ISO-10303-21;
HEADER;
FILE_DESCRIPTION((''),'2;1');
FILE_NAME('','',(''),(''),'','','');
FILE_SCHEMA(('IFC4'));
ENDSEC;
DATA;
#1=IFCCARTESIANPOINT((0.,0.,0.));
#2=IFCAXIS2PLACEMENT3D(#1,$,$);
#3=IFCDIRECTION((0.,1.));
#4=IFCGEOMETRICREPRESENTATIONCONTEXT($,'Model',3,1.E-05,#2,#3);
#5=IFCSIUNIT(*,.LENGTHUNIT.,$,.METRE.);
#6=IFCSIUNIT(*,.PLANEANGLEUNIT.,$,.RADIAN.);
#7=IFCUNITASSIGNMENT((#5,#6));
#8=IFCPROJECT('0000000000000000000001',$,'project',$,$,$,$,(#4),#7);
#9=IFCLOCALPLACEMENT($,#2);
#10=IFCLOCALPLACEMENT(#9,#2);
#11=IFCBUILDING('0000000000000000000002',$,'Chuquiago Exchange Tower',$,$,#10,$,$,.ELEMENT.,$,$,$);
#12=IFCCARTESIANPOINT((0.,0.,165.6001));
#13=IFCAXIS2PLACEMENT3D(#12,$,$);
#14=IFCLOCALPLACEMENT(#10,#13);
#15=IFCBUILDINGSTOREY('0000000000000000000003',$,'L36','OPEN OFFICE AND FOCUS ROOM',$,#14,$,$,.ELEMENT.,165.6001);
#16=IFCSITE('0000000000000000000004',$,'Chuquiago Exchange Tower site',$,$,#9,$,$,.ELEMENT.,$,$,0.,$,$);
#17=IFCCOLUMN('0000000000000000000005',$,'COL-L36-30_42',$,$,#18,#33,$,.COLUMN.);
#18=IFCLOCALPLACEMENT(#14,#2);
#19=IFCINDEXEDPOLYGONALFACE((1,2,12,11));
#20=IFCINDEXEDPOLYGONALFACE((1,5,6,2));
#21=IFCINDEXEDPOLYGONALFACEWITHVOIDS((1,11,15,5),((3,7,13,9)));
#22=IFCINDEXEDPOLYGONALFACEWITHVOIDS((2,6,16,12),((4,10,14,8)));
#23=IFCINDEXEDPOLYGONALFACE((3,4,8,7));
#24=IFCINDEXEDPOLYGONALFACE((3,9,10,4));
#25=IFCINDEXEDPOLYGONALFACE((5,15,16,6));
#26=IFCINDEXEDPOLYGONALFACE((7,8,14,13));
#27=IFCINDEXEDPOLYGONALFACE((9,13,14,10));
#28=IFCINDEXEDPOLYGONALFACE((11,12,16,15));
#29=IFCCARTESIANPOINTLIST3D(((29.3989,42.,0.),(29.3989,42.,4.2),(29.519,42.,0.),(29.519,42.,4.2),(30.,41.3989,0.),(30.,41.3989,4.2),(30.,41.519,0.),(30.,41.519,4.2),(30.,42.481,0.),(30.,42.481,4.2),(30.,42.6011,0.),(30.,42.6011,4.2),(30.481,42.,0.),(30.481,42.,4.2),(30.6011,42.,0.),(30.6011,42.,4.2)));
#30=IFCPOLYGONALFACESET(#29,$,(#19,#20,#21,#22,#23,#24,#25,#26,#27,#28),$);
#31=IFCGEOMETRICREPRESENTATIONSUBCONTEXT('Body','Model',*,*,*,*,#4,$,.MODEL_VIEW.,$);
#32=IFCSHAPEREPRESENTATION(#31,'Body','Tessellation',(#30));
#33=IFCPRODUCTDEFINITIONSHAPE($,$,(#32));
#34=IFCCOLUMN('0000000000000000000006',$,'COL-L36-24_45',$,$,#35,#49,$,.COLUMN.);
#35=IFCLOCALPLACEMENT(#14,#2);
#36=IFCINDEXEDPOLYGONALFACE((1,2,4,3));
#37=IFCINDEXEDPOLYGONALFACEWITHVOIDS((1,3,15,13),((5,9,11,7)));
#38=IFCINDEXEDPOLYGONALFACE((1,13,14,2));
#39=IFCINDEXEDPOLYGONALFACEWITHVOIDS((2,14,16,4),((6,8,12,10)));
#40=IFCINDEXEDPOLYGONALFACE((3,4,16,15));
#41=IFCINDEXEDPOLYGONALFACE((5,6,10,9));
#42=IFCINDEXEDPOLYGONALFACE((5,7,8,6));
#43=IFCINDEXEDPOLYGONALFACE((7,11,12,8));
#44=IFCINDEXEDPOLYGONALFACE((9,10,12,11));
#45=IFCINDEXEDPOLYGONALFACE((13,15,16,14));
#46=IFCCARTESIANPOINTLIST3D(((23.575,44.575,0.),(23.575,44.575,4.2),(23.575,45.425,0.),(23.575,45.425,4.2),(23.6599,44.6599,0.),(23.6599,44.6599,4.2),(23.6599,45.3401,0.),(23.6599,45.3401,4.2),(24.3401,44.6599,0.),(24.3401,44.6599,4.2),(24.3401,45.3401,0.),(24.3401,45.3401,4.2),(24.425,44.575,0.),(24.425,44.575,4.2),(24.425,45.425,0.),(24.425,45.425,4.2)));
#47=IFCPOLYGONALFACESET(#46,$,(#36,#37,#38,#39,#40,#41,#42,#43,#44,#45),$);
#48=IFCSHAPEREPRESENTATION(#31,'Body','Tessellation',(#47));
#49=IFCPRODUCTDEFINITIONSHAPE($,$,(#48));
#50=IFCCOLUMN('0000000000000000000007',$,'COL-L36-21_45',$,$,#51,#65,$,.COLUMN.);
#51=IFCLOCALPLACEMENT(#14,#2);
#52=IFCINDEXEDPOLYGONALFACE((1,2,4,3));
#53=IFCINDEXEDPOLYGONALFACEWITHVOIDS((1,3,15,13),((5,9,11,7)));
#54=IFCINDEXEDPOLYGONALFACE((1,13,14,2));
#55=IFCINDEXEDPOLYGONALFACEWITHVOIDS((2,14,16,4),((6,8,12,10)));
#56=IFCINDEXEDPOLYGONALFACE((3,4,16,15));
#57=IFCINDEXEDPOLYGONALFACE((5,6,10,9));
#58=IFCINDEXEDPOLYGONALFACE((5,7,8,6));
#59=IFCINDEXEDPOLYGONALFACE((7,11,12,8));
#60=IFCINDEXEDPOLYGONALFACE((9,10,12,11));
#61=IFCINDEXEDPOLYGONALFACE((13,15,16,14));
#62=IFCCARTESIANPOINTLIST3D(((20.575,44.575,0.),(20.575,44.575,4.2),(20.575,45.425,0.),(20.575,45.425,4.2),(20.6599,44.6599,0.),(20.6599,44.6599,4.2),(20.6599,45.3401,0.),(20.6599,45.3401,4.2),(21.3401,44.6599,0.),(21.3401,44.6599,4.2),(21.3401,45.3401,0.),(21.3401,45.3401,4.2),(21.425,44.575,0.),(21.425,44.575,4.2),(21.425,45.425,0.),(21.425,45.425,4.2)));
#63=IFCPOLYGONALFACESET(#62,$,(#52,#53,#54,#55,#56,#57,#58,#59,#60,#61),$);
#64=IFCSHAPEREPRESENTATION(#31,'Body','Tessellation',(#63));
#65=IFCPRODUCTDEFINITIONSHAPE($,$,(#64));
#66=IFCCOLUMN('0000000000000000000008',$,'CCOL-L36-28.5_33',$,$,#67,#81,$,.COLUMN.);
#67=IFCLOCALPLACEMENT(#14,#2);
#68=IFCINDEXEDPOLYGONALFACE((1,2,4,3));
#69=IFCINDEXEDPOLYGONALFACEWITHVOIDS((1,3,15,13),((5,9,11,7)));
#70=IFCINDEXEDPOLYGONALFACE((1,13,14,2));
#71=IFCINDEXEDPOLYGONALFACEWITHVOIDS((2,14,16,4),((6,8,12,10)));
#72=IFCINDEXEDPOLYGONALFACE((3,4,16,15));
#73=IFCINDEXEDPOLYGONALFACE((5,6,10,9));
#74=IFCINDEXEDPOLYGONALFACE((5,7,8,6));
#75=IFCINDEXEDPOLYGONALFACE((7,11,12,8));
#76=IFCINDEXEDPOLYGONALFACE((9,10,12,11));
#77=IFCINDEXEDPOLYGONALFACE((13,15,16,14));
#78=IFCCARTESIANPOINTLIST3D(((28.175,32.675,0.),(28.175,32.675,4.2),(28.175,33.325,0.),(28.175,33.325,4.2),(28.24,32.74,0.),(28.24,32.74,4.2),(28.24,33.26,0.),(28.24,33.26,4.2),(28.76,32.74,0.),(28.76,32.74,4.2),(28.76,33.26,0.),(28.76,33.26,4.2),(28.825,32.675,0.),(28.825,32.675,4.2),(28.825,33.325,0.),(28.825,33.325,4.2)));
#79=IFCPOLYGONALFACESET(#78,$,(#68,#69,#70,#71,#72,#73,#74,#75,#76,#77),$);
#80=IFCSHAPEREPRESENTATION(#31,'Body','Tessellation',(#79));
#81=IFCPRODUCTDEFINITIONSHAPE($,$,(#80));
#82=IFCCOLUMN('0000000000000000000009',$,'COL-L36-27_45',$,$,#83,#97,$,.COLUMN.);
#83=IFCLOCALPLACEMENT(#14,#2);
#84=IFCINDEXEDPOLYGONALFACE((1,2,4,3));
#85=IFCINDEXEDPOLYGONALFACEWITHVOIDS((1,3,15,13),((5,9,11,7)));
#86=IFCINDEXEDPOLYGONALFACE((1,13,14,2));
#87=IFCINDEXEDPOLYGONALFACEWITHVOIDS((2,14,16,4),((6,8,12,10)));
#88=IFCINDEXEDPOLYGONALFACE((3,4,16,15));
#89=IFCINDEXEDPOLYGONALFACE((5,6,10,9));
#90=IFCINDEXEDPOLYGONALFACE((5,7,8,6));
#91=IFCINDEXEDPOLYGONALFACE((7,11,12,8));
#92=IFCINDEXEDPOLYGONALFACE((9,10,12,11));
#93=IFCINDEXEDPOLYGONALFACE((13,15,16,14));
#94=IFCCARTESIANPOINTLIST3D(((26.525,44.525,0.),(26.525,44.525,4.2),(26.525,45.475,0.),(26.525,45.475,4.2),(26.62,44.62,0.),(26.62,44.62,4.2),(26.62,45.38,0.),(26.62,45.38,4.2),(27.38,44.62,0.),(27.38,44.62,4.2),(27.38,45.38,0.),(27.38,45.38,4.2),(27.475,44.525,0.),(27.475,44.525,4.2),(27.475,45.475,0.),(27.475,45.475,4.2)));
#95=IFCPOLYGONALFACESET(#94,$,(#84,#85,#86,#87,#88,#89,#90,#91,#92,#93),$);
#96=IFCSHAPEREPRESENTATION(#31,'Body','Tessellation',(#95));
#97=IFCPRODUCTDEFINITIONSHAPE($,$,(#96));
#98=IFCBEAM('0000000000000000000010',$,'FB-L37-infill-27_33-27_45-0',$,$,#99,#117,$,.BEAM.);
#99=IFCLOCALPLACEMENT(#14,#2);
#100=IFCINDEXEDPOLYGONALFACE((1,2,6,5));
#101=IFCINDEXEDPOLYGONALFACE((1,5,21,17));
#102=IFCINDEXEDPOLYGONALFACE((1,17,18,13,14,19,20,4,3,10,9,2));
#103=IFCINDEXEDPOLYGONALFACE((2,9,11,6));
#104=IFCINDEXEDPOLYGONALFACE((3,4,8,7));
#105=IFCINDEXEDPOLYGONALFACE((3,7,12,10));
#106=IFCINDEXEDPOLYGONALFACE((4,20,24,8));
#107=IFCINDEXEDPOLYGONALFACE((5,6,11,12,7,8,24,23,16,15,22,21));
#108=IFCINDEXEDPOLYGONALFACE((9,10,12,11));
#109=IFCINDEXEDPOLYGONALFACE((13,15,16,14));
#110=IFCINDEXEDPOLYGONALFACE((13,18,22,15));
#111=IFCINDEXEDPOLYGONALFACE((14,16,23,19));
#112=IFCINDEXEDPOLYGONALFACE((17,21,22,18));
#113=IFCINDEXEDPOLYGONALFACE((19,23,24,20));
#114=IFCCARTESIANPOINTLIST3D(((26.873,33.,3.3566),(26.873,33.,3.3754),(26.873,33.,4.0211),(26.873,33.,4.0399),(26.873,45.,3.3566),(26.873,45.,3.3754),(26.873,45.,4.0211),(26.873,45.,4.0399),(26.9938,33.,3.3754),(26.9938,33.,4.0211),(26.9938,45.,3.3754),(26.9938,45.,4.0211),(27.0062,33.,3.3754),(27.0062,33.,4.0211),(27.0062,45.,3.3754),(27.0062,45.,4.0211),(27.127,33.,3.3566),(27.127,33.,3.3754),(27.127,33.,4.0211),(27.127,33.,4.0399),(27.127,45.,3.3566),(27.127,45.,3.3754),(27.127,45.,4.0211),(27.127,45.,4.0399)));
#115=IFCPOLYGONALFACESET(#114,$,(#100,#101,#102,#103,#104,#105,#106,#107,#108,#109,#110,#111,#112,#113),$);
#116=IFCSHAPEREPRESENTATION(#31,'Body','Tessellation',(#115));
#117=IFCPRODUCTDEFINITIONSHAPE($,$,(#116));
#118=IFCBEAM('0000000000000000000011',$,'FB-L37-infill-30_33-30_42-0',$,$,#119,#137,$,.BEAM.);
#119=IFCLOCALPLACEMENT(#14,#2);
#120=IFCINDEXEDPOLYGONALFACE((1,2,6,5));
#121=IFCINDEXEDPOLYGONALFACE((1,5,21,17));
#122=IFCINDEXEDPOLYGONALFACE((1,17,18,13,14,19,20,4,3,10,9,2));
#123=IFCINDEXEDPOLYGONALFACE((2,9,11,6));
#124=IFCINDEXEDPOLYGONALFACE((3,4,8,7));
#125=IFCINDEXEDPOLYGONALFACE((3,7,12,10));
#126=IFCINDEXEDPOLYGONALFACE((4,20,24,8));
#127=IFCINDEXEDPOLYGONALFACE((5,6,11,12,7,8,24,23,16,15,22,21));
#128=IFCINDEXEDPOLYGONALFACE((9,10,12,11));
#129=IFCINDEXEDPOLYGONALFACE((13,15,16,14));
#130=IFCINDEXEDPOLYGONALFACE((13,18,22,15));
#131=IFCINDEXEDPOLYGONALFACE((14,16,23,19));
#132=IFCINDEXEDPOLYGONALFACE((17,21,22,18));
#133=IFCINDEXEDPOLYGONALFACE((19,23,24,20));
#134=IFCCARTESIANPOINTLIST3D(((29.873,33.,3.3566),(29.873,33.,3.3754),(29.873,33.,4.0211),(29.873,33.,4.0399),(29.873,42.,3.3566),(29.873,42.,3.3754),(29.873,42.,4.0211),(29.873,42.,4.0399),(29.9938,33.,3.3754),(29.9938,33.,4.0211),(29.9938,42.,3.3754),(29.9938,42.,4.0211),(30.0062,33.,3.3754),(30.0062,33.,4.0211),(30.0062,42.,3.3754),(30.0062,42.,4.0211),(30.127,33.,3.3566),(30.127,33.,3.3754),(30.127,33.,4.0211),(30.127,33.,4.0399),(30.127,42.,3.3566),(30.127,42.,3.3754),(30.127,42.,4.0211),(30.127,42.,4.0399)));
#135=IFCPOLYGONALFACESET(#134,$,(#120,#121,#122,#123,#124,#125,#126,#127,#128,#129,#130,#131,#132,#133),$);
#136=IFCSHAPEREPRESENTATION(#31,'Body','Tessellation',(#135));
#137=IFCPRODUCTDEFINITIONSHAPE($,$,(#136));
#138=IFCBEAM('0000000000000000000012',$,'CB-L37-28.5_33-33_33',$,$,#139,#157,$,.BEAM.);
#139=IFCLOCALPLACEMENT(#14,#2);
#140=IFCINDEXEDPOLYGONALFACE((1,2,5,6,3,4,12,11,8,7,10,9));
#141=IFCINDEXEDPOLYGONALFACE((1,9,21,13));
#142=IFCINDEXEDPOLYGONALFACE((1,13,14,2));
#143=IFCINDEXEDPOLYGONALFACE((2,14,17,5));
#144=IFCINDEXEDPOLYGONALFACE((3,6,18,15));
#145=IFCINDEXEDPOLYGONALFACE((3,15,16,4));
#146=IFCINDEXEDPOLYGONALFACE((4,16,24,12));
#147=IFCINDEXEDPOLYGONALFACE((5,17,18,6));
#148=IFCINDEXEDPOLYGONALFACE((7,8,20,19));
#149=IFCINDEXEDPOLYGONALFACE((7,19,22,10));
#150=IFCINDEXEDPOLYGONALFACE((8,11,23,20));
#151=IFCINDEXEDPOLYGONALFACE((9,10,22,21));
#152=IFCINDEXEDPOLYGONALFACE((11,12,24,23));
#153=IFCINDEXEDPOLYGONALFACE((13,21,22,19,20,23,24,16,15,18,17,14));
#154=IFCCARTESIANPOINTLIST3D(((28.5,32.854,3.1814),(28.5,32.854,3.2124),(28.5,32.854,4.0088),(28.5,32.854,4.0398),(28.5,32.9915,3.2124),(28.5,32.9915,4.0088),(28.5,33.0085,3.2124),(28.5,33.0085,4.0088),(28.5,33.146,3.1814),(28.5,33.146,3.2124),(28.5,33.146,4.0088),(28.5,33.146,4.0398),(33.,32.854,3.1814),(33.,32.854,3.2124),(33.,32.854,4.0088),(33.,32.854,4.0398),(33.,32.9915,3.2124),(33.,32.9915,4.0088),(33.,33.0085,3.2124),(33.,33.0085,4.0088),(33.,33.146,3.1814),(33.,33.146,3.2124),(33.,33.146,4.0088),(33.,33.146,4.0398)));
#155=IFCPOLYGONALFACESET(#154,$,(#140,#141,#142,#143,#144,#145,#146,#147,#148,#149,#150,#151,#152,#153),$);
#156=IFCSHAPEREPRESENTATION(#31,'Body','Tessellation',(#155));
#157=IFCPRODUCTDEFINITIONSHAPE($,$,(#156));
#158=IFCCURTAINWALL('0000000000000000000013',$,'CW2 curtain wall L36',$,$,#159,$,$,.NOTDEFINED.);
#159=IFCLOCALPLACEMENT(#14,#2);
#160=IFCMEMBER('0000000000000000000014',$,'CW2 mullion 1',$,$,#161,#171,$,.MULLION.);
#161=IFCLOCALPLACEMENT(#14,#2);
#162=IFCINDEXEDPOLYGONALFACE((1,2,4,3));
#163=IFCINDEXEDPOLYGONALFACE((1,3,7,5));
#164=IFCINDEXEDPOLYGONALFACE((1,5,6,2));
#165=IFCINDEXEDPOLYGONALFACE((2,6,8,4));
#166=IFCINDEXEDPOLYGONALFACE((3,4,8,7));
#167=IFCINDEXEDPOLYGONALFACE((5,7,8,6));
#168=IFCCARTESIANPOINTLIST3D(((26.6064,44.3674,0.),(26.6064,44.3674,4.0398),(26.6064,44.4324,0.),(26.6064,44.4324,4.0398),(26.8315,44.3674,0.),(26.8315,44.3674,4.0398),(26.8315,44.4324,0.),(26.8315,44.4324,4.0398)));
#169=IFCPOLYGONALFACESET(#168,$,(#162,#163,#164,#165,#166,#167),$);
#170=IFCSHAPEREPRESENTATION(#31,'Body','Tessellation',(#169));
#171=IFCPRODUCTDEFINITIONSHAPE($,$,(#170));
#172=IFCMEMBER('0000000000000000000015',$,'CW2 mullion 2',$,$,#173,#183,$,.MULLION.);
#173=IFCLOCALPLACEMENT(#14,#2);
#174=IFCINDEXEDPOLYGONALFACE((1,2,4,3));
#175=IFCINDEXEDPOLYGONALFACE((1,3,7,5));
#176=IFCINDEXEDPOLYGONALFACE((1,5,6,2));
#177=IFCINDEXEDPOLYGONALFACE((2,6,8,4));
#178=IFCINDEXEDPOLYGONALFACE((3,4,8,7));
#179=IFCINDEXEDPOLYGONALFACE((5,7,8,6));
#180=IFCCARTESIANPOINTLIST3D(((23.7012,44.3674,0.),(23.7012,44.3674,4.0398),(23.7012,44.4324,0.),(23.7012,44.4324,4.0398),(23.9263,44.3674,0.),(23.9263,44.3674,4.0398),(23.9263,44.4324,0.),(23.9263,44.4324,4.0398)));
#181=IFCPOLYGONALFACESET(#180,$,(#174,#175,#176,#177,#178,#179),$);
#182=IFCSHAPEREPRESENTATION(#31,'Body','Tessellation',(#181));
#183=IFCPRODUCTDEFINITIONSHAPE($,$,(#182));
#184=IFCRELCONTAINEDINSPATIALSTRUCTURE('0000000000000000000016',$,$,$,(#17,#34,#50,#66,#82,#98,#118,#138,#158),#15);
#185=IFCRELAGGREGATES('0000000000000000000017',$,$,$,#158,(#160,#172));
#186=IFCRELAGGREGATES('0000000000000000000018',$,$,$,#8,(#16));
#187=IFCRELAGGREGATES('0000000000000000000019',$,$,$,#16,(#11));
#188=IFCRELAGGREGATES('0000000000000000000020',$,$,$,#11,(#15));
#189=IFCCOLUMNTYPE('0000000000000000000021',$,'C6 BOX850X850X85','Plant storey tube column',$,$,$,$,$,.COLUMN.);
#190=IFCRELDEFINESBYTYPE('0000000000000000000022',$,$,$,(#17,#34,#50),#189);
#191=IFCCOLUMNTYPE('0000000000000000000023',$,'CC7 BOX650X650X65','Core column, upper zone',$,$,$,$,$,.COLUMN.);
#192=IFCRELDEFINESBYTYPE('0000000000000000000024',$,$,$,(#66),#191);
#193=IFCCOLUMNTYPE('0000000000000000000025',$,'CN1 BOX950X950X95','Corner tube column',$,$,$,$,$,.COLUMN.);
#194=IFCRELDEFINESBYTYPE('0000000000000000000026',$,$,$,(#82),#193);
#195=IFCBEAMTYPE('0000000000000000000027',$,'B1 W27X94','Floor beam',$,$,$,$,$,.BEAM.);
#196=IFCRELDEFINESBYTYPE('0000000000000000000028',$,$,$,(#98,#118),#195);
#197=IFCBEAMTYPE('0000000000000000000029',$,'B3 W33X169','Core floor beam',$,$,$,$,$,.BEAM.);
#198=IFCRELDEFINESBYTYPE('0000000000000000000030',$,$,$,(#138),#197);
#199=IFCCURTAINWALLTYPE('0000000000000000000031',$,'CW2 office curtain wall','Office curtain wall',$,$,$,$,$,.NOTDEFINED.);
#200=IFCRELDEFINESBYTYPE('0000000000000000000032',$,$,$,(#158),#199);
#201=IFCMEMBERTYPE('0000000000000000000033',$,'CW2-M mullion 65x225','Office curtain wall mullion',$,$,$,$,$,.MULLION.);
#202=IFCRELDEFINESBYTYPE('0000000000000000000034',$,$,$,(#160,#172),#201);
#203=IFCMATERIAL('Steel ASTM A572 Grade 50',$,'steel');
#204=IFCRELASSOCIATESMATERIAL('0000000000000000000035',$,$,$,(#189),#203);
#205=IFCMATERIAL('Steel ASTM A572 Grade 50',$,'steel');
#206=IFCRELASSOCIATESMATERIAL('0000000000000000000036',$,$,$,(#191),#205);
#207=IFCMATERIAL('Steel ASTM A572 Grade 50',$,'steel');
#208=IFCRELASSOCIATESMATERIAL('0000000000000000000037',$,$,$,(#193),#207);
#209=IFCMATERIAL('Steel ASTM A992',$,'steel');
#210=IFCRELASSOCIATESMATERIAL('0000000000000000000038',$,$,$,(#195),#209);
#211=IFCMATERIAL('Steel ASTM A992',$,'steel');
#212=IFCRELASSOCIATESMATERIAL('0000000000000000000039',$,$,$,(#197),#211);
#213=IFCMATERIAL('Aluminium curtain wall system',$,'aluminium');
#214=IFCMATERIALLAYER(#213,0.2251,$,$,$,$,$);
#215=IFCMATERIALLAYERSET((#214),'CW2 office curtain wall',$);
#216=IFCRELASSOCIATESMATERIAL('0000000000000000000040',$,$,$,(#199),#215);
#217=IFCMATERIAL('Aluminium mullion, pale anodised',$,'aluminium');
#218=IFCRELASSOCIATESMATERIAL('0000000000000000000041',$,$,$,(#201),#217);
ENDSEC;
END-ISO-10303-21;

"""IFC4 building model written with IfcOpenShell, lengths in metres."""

from ifc_helpers import new_model, si_unit, direction, frame, origin, origin_2d, place, context, subcontext, project, spatial, rectangle, hollow_rectangle, i_section, extrude, material, layer, layer_set, material_profile, profile_set, type_object, element, aggregate, save


model = new_model("IFC4")

# Units and contexts
model_context = context("Model", 3, precision=1e-05, world=origin(), true_north=direction((0.0, 1.0)))
body_context = subcontext(model_context, "Body", "Model", "MODEL_VIEW")
ifc_project = project(units=[si_unit("LENGTHUNIT", "METRE"), si_unit("PLANEANGLEUNIT", "RADIAN")], contexts=[model_context])

# Site, building, storey
site_placement = place(None, origin())
site = spatial("IfcSite", under=ifc_project, at=site_placement, Name="Chuquiago Exchange Tower site", CompositionType="ELEMENT", RefElevation=0.0)
building_placement = place(site_placement, origin())
building = spatial("IfcBuilding", under=site, at=building_placement, Name="Chuquiago Exchange Tower", CompositionType="ELEMENT")
storey_placement = place(building_placement, frame((0.0, 0.0, 165.6001)))
storey = spatial("IfcBuildingStorey", under=building, at=storey_placement, Name="L36", Description="OPEN OFFICE AND FOCUS ROOM", CompositionType="ELEMENT", Elevation=165.6001)

# Columns
ifc_material_1 = material(Name="Steel ASTM A572 Grade 50", Category="steel")
ifc_material_profile_1 = material_profile(ifc_material_1, hollow_rectangle(XDim=0.8501, YDim=0.8501, WallThickness=0.085, at=origin_2d()), Name="BOX850X850X85")
ifc_profile_set_1 = profile_set([ifc_material_profile_1], Name="Steel ASTM A572 Grade 50")
column_type_1 = type_object("IfcColumnType", Name="C6 BOX850X850X85", Description="Plant storey tube column", PredefinedType="COLUMN", material=ifc_profile_set_1)
for number, where, z_axis, x_axis, name in (
    (1, (30.0, 42.0, 0.0), (0.0, 0.0, 1.0), (0.707107, 0.707107, 0.0), "COL-L36-30_42"),
    (2, (24.0, 45.0, 0.0), (0.0, 0.0, 1.0), (0.0, 1.0, 0.0), "COL-L36-24_45"),
    (3, (21.0, 45.0, 0.0), (0.0, 0.0, 1.0), (0.0, 1.0, 0.0), "COL-L36-21_45"),
):
    element("IfcColumn", number, at=place(storey_placement, frame(where, z_axis=z_axis, x_axis=x_axis)), inside=storey, type_object=column_type_1, Name=name, PredefinedType="COLUMN", context=body_context, shape_type="SweptSolid", body=[
        extrude(hollow_rectangle(XDim=0.8501, YDim=0.8501, WallThickness=0.085, at=origin_2d()), origin(), (0.0, 0.0, 1.0), 4.2),
    ])
ifc_material_2 = material(Name="Steel ASTM A572 Grade 50", Category="steel")
ifc_material_profile_2 = material_profile(ifc_material_2, hollow_rectangle(XDim=0.6499, YDim=0.6499, WallThickness=0.0649, at=origin_2d()), Name="BOX650X650X65")
ifc_profile_set_2 = profile_set([ifc_material_profile_2], Name="Steel ASTM A572 Grade 50")
column_type_2 = type_object("IfcColumnType", Name="CC7 BOX650X650X65", Description="Core column, upper zone", PredefinedType="COLUMN", material=ifc_profile_set_2)
column_1_placement = place(storey_placement, frame((28.5, 33.0, 0.0), z_axis=(0.0, 0.0, 1.0), x_axis=(1.0, 0.0, 0.0)))
element("IfcColumn", 4, at=column_1_placement, inside=storey, type_object=column_type_2, Name="CCOL-L36-28.5_33", PredefinedType="COLUMN", context=body_context, shape_type="SweptSolid", body=[
    extrude(hollow_rectangle(XDim=0.6499, YDim=0.6499, WallThickness=0.0649, at=origin_2d()), origin(), (0.0, 0.0, 1.0), 4.2),
])
ifc_material_3 = material(Name="Steel ASTM A572 Grade 50", Category="steel")
ifc_material_profile_3 = material_profile(ifc_material_3, hollow_rectangle(XDim=0.95, YDim=0.95, WallThickness=0.095, at=origin_2d()), Name="BOX950X950X95")
ifc_profile_set_3 = profile_set([ifc_material_profile_3], Name="Steel ASTM A572 Grade 50")
column_type_3 = type_object("IfcColumnType", Name="CN1 BOX950X950X95", Description="Corner tube column", PredefinedType="COLUMN", material=ifc_profile_set_3)
column_2_placement = place(storey_placement, frame((27.0, 45.0, 0.0), z_axis=(0.0, 0.0, 1.0), x_axis=(0.0, 1.0, 0.0)))
element("IfcColumn", 5, at=column_2_placement, inside=storey, type_object=column_type_3, Name="COL-L36-27_45", PredefinedType="COLUMN", context=body_context, shape_type="SweptSolid", body=[
    extrude(hollow_rectangle(XDim=0.95, YDim=0.95, WallThickness=0.095, at=origin_2d()), origin(), (0.0, 0.0, 1.0), 4.2),
])

# Beams
ifc_material_4 = material(Name="Steel ASTM A992", Category="steel")
ifc_material_profile_4 = material_profile(ifc_material_4, i_section(OverallWidth=0.2539, OverallDepth=0.6833, WebThickness=0.0125, FlangeThickness=0.0188, at=origin_2d()), Name="W27X94")
ifc_profile_set_4 = profile_set([ifc_material_profile_4], Name="Steel ASTM A992")
beam_type_1 = type_object("IfcBeamType", Name="B1 W27X94", Description="Floor beam", PredefinedType="BEAM", material=ifc_profile_set_4)
beam_1_placement = place(storey_placement, frame((27.0, 33.0, 3.6982), z_axis=(0.0, 1.0, 0.0), x_axis=(-1.0, 0.0, 0.0)))
element("IfcBeam", 6, at=beam_1_placement, inside=storey, type_object=beam_type_1, Name="FB-L37-infill-27_33-27_45-0", PredefinedType="BEAM", context=body_context, shape_type="SweptSolid", body=[
    extrude(i_section(OverallWidth=0.2539, OverallDepth=0.6833, WebThickness=0.0125, FlangeThickness=0.0188, at=origin_2d()), origin(), (0.0, 0.0, 1.0), 12.0),
])
beam_2_placement = place(storey_placement, frame((30.0, 33.0, 3.6982), z_axis=(0.0, 1.0, 0.0), x_axis=(-1.0, 0.0, 0.0)))
element("IfcBeam", 7, at=beam_2_placement, inside=storey, type_object=beam_type_1, Name="FB-L37-infill-30_33-30_42-0", PredefinedType="BEAM", context=body_context, shape_type="SweptSolid", body=[
    extrude(i_section(OverallWidth=0.2539, OverallDepth=0.6833, WebThickness=0.0125, FlangeThickness=0.0188, at=origin_2d()), origin(), (0.0, 0.0, 1.0), 9.0),
])
ifc_material_5 = material(Name="Steel ASTM A992", Category="steel")
ifc_material_profile_5 = material_profile(ifc_material_5, i_section(OverallWidth=0.292, OverallDepth=0.8584, WebThickness=0.0171, FlangeThickness=0.031, at=origin_2d()), Name="W33X169")
ifc_profile_set_5 = profile_set([ifc_material_profile_5], Name="Steel ASTM A992")
beam_type_2 = type_object("IfcBeamType", Name="B3 W33X169", Description="Core floor beam", PredefinedType="BEAM", material=ifc_profile_set_5)
beam_3_placement = place(storey_placement, frame((28.5, 33.0, 3.6106), z_axis=(1.0, 0.0, 0.0), x_axis=(0.0, 1.0, 0.0)))
element("IfcBeam", 8, at=beam_3_placement, inside=storey, type_object=beam_type_2, Name="CB-L37-28.5_33-33_33", PredefinedType="BEAM", context=body_context, shape_type="SweptSolid", body=[
    extrude(i_section(OverallWidth=0.292, OverallDepth=0.8584, WebThickness=0.0171, FlangeThickness=0.031, at=origin_2d()), origin(), (0.0, 0.0, 1.0), 4.5),
])

# Curtain wall, members
ifc_material_6 = material(Name="Aluminium curtain wall system", Category="aluminium")
ifc_layer_1 = layer(ifc_material_6, 0.2251)
ifc_layer_set_1 = layer_set([ifc_layer_1], Name="CW2 office curtain wall")
curtain_wall_type_1 = type_object("IfcCurtainWallType", Name="CW2 office curtain wall", Description="Office curtain wall", PredefinedType="NOTDEFINED", material=ifc_layer_set_1)
curtain_wall_1_placement = place(storey_placement, origin())
curtain_wall_1 = element("IfcCurtainWall", 9, at=curtain_wall_1_placement, inside=storey, type_object=curtain_wall_type_1, Name="CW2 curtain wall L36", PredefinedType="NOTDEFINED")
ifc_material_7 = material(Name="Aluminium mullion, pale anodised", Category="aluminium")
ifc_material_profile_6 = material_profile(ifc_material_7, rectangle(XDim=0.0649, YDim=0.2251, at=origin_2d()), Name="AL 65x225")
ifc_profile_set_6 = profile_set([ifc_material_profile_6], Name="Aluminium mullion, pale anodised")
member_type_1 = type_object("IfcMemberType", Name="CW2-M mullion 65x225", Description="Office curtain wall mullion", PredefinedType="MULLION", material=ifc_profile_set_6)
member_1_placement = place(storey_placement, frame((26.719, 44.3999, 0.0), z_axis=(0.0, 0.0, 1.0), x_axis=(0.0, -1.0, 0.0)))
member_1 = element("IfcMember", 10, at=member_1_placement, type_object=member_type_1, Name="CW2 mullion 1", PredefinedType="MULLION", context=body_context, shape_type="SweptSolid", body=[
    extrude(rectangle(XDim=0.0649, YDim=0.2251, at=origin_2d()), origin(), (0.0, 0.0, 1.0), 4.0398),
])
member_2_placement = place(storey_placement, frame((23.8137, 44.3999, 0.0), z_axis=(0.0, 0.0, 1.0), x_axis=(0.0, -1.0, 0.0)))
member_2 = element("IfcMember", 11, at=member_2_placement, type_object=member_type_1, Name="CW2 mullion 2", PredefinedType="MULLION", context=body_context, shape_type="SweptSolid", body=[
    extrude(rectangle(XDim=0.0649, YDim=0.2251, at=origin_2d()), origin(), (0.0, 0.0, 1.0), 4.0398),
])

aggregate(curtain_wall_1, [member_1, member_2])

save(model, "model.ifc")
